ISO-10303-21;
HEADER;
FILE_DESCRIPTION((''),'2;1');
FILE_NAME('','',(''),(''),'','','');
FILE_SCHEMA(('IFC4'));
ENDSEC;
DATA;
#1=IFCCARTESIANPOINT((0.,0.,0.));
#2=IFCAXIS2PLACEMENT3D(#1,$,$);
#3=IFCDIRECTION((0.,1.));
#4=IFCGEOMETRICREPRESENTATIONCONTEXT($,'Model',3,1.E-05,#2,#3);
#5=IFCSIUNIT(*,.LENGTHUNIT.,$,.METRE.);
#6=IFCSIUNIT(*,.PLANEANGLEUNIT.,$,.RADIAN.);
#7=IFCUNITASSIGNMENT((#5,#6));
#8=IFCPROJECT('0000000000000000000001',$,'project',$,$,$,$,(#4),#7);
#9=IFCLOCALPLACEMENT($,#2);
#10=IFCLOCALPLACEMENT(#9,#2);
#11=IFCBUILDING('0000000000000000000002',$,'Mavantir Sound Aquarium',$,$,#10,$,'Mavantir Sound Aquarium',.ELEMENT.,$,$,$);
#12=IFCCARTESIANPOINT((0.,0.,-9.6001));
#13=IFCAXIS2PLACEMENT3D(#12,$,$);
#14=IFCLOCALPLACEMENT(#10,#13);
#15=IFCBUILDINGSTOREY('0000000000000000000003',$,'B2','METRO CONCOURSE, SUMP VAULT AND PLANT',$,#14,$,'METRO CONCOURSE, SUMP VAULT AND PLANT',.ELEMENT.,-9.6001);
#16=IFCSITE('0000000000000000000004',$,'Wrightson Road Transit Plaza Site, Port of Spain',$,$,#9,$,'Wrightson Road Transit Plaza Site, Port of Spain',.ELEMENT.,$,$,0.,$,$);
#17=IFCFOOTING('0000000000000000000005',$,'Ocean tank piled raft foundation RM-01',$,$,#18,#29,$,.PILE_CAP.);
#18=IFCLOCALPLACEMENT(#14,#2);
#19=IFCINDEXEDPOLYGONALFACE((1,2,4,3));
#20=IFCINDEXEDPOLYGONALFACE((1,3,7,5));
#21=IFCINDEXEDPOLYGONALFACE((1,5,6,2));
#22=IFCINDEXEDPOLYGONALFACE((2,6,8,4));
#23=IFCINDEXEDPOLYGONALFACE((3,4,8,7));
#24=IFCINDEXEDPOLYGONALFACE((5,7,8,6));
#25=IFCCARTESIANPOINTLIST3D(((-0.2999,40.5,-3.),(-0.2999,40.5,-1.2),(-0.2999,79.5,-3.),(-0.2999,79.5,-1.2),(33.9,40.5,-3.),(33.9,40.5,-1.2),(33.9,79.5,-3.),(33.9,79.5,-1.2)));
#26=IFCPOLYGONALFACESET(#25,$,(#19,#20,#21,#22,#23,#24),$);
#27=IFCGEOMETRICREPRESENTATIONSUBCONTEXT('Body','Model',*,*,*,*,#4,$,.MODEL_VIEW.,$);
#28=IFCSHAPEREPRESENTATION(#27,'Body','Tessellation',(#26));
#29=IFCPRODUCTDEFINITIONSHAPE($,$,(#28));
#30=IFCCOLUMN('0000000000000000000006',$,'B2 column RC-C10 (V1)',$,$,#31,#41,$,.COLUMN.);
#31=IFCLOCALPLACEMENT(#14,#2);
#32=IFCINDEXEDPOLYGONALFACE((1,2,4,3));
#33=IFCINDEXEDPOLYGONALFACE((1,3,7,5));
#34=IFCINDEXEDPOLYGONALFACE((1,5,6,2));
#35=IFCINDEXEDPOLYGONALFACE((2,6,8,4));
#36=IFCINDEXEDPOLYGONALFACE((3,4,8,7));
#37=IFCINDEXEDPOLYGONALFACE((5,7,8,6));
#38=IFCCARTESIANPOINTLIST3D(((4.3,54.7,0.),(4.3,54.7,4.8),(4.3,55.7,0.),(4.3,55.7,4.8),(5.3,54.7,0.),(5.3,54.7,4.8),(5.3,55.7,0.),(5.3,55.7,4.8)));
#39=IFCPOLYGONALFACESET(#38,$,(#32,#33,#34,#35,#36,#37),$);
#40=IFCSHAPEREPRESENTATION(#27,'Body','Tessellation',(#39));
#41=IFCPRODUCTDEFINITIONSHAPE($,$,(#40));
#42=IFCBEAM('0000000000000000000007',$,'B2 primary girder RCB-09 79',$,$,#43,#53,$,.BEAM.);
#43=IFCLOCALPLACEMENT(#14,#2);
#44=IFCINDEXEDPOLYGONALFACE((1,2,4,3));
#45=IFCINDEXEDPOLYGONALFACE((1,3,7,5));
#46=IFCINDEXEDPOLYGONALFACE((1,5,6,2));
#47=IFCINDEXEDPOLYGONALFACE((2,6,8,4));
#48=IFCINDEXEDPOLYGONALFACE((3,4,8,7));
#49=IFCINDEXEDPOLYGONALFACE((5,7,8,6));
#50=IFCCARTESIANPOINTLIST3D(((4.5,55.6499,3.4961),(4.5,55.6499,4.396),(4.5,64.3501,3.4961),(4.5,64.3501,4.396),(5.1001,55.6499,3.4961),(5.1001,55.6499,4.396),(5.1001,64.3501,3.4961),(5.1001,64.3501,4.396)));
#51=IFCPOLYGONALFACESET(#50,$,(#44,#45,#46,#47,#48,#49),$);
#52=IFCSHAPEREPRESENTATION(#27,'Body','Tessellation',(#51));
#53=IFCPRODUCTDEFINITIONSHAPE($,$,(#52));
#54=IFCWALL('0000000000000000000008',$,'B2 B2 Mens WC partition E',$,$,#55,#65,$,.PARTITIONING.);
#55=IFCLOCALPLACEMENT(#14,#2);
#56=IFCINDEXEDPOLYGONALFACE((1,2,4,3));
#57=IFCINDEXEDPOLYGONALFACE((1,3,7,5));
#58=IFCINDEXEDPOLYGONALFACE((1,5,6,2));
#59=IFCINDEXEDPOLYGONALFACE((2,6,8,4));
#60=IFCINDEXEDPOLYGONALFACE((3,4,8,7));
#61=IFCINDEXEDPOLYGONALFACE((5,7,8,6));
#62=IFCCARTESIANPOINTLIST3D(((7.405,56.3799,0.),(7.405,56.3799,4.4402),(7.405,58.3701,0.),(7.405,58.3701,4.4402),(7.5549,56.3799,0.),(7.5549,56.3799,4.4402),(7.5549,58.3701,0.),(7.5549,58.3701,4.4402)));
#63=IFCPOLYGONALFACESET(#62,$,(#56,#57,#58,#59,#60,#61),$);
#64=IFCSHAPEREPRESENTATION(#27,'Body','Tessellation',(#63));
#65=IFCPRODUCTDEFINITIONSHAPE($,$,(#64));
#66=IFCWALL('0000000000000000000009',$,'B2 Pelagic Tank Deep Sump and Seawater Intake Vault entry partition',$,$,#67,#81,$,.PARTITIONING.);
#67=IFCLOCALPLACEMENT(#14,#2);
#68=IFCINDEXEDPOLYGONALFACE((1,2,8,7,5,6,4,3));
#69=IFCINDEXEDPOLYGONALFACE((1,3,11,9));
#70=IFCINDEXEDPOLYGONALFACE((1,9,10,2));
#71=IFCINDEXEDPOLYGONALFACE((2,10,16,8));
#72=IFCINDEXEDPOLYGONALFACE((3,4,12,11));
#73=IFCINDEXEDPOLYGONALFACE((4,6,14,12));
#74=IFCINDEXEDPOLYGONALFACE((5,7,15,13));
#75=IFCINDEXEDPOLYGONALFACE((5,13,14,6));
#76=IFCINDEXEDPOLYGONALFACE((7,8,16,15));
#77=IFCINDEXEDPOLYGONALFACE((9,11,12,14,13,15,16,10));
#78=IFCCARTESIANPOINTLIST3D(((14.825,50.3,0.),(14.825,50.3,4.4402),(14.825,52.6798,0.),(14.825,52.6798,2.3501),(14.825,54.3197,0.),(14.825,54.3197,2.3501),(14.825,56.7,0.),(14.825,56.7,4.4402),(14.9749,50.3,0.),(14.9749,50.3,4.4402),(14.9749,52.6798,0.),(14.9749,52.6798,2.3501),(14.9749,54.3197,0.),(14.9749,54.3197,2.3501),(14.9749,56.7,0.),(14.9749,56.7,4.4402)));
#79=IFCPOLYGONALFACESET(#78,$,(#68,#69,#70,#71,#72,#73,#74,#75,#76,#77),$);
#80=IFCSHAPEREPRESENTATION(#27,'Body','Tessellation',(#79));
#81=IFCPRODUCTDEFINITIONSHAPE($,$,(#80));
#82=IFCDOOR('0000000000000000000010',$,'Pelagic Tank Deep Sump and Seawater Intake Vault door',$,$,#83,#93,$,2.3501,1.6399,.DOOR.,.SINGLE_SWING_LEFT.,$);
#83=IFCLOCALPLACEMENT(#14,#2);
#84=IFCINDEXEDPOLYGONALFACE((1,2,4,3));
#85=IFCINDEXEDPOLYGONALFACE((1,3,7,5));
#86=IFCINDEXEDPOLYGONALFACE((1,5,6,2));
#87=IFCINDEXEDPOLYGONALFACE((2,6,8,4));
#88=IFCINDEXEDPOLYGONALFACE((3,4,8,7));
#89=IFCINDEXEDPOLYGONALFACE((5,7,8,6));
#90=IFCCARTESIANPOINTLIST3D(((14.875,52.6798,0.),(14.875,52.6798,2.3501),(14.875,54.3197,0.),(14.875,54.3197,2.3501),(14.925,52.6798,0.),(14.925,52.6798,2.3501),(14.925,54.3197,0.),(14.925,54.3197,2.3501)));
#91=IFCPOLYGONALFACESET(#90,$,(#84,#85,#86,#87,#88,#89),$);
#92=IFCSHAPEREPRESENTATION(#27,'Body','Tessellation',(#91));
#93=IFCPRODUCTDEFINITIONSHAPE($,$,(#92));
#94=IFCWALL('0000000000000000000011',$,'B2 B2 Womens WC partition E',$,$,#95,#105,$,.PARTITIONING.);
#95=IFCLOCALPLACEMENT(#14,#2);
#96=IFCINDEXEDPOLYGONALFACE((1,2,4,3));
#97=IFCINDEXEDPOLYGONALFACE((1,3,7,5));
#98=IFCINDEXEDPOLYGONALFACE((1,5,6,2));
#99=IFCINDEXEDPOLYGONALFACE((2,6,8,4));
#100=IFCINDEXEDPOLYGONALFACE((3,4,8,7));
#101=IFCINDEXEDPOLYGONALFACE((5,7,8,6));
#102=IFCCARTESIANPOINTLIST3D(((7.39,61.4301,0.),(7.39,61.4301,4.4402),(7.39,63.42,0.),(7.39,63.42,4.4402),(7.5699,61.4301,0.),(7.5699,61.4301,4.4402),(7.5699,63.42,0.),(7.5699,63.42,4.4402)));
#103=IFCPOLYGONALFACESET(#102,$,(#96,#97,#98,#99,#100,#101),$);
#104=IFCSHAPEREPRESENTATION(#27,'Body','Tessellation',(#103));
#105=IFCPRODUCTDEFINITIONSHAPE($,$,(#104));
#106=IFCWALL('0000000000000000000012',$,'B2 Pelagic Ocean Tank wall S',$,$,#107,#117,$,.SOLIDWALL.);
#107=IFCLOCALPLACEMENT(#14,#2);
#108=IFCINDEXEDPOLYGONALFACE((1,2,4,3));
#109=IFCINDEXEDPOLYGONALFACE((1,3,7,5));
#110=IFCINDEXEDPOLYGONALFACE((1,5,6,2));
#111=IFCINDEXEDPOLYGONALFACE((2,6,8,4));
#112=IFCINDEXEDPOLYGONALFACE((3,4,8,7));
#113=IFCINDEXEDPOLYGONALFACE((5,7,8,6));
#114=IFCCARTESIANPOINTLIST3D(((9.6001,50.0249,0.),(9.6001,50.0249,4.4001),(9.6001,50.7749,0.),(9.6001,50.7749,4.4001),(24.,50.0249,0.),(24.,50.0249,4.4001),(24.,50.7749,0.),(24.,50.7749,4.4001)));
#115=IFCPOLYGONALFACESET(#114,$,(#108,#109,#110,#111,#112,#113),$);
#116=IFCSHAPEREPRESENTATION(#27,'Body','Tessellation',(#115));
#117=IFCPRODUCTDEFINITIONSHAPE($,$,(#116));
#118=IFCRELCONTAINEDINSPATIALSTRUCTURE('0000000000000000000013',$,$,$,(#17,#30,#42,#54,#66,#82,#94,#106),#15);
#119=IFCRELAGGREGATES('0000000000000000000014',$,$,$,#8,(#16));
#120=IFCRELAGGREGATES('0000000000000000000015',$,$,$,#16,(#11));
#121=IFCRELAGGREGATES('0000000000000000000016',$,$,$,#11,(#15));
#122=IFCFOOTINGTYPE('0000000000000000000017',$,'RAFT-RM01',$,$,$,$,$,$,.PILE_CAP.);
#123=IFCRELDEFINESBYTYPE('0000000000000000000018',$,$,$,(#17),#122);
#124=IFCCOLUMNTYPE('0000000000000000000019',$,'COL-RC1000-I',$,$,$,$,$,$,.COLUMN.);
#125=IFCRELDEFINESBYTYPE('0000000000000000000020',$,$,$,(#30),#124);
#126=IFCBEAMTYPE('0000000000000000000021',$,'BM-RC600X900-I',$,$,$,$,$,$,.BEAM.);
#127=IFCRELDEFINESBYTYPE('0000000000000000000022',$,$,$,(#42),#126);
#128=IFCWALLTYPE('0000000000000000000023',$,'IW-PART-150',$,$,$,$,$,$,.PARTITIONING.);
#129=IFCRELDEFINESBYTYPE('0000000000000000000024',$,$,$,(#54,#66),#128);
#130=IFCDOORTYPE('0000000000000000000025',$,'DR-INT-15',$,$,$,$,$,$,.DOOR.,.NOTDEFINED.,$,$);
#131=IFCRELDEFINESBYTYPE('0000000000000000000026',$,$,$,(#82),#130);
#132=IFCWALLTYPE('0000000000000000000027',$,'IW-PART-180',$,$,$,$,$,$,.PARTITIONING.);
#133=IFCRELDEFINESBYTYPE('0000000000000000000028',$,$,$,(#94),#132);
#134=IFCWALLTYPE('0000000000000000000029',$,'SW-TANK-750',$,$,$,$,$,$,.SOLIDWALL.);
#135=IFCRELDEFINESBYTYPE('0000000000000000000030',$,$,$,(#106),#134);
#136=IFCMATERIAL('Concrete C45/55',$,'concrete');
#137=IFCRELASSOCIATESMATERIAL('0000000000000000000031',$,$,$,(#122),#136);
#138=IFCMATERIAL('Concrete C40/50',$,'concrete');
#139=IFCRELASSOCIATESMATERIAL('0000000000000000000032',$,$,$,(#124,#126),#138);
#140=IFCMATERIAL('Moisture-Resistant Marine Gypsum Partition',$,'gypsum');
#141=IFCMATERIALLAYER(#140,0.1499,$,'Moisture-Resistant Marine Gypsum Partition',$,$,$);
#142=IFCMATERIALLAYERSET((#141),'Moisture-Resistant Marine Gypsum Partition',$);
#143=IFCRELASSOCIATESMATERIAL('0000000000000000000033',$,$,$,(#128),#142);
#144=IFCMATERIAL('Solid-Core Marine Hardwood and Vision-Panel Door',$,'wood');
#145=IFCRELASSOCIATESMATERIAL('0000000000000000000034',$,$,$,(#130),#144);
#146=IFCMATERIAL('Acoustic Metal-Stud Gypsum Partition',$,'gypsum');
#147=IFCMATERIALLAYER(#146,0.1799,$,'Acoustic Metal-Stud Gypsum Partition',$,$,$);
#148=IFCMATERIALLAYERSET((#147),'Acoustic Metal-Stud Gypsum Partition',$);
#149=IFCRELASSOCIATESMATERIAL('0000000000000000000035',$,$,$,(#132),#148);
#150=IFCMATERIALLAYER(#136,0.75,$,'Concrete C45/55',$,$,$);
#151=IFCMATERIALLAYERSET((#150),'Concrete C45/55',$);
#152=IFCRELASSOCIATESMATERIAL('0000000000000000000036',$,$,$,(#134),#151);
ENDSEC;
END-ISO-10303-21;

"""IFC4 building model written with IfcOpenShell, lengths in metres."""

from ifc_helpers import new_model, si_unit, direction, frame, frame_2d, origin, origin_2d, place, context, subcontext, project, spatial, rectangle, extrude, material, layer, layer_set, material_profile, profile_set, type_object, element, fill, save


model = new_model("IFC4")

# Units and contexts
model_context = context("Model", 3, precision=1e-05, world=origin(), true_north=direction((0.0, 1.0)))
body_context = subcontext(model_context, "Body", "Model", "MODEL_VIEW")
ifc_project = project(units=[si_unit("LENGTHUNIT", "METRE"), si_unit("PLANEANGLEUNIT", "RADIAN")], contexts=[model_context])

# Site, building, storey
site_placement = place(None, origin())
site = spatial("IfcSite", under=ifc_project, at=site_placement, Name="Wrightson Road Transit Plaza Site, Port of Spain", LongName="Wrightson Road Transit Plaza Site, Port of Spain", CompositionType="ELEMENT", RefElevation=0.0)
building_placement = place(site_placement, origin())
building = spatial("IfcBuilding", under=site, at=building_placement, Name="Mavantir Sound Aquarium", LongName="Mavantir Sound Aquarium", CompositionType="ELEMENT")
storey_placement = place(building_placement, frame((0.0, 0.0, -9.6001)))
storey = spatial("IfcBuildingStorey", under=building, at=storey_placement, Name="B2", Description="METRO CONCOURSE, SUMP VAULT AND PLANT", LongName="METRO CONCOURSE, SUMP VAULT AND PLANT", CompositionType="ELEMENT", Elevation=-9.6001)

# Shared definitions
ifc_material_1 = material(Name="Concrete C40/50", Category="concrete")

# Footing
ifc_material_2 = material(Name="Concrete C45/55", Category="concrete")
footing_type = type_object("IfcFootingType", Name="RAFT-RM01", PredefinedType="PILE_CAP", material=ifc_material_2)
footing_placement = place(storey_placement, frame((16.8, 60.0, -3.0), z_axis=(0.0, 0.0, 1.0), x_axis=(1.0, 0.0, 0.0)))
element("IfcFooting", 1, at=footing_placement, inside=storey, type_object=footing_type, Name="Ocean tank piled raft foundation RM-01", PredefinedType="PILE_CAP", context=body_context, shape_type="SweptSolid", body=[
    extrude(rectangle(XDim=34.2, YDim=39.0, at=origin_2d()), origin(), (0.0, 0.0, 1.0), 1.8),
])

# Column
ifc_material_profile_1 = material_profile(ifc_material_1, rectangle(XDim=1.0, YDim=1.0, at=origin_2d()), Name="RC 1000X1000")
ifc_profile_set_1 = profile_set([ifc_material_profile_1], Name="Concrete C40/50")
column_type = type_object("IfcColumnType", Name="COL-RC1000-I", PredefinedType="COLUMN", material=ifc_profile_set_1)
column_placement = place(storey_placement, frame((4.8, 55.2, 0.0), z_axis=(0.0, 0.0, 1.0), x_axis=(1.0, 0.0, 0.0)))
element("IfcColumn", 2, at=column_placement, inside=storey, type_object=column_type, Name="B2 column RC-C10 (V1)", PredefinedType="COLUMN", context=body_context, shape_type="SweptSolid", body=[
    extrude(rectangle(XDim=1.0, YDim=1.0, at=origin_2d()), origin(), (0.0, 0.0, 1.0), 4.8),
])

# Beam
ifc_material_profile_2 = material_profile(ifc_material_1, rectangle(XDim=0.6001, YDim=0.8999, at=origin_2d()), Name="RC 600X900")
ifc_profile_set_2 = profile_set([ifc_material_profile_2], Name="Concrete C40/50")
beam_type = type_object("IfcBeamType", Name="BM-RC600X900-I", PredefinedType="BEAM", material=ifc_profile_set_2)
beam_placement = place(storey_placement, frame((4.8, 55.6499, 3.946), z_axis=(0.0, 1.0, 0.0), x_axis=(-1.0, 0.0, 0.0)))
element("IfcBeam", 3, at=beam_placement, inside=storey, type_object=beam_type, Name="B2 primary girder RCB-09 79", PredefinedType="BEAM", context=body_context, shape_type="SweptSolid", body=[
    extrude(rectangle(XDim=0.6001, YDim=0.8999, at=origin_2d()), origin(), (0.0, 0.0, 1.0), 8.7002),
])

# Wall
ifc_material_3 = material(Name="Moisture-Resistant Marine Gypsum Partition", Category="gypsum")
ifc_layer_1 = layer(ifc_material_3, 0.1499, Name="Moisture-Resistant Marine Gypsum Partition")
ifc_layer_set_1 = layer_set([ifc_layer_1], Name="Moisture-Resistant Marine Gypsum Partition")
wall_type_1 = type_object("IfcWallType", Name="IW-PART-150", PredefinedType="PARTITIONING", material=ifc_layer_set_1)
wall_1_placement = place(storey_placement, frame((7.48, 56.3799, 0.0), z_axis=(0.0, 0.0, 1.0), x_axis=(0.0, 1.0, 0.0)))
element("IfcWall", 4, at=wall_1_placement, inside=storey, type_object=wall_type_1, Name="B2 B2 Mens WC partition E", PredefinedType="PARTITIONING", context=body_context, shape_type="SweptSolid", body=[
    extrude(rectangle(XDim=1.9902, YDim=0.1499, at=frame_2d((0.9951, 0.0))), origin(), (0.0, 0.0, 1.0), 4.4402),
])

# Wall, opening, door
wall_2_placement = place(storey_placement, frame((14.8999, 50.3, 0.0), z_axis=(0.0, 0.0, 1.0), x_axis=(0.0, 1.0, 0.0)))
wall_2 = element("IfcWall", 5, at=wall_2_placement, inside=storey, type_object=wall_type_1, Name="B2 Pelagic Tank Deep Sump and Seawater Intake Vault entry partition", PredefinedType="PARTITIONING", context=body_context, shape_type="SweptSolid", body=[
    extrude(rectangle(XDim=6.3999, YDim=0.1499, at=frame_2d((3.2, 0.0))), origin(), (0.0, 0.0, 1.0), 4.4402),
])
opening_placement = place(wall_2_placement, frame((2.3799, 0.0, 0.0)))
opening = element("IfcOpeningElement", 6, at=opening_placement, cuts=wall_2, PredefinedType="OPENING", context=body_context, shape_type="SweptSolid", body=[
    extrude(rectangle(XDim=1.6399, YDim=2.3501, at=frame_2d((0.8198, 1.175))), frame((0.0, 0.085, 0.0), z_axis=(0.0, -1.0, 0.0), x_axis=(1.0, 0.0, 0.0)), (0.0, 0.0, 1.0), 0.1699),
])
ifc_material_4 = material(Name="Solid-Core Marine Hardwood and Vision-Panel Door", Category="wood")
door_type = type_object("IfcDoorType", Name="DR-INT-15", OperationType="NOTDEFINED", PredefinedType="DOOR", material=ifc_material_4)
door_placement = place(opening_placement, origin())
door = element("IfcDoor", 7, at=door_placement, inside=storey, type_object=door_type, Name="Pelagic Tank Deep Sump and Seawater Intake Vault door", OperationType="SINGLE_SWING_LEFT", OverallHeight=2.3501, OverallWidth=1.6399, PredefinedType="DOOR", context=body_context, shape_type="SweptSolid", body=[
    extrude(rectangle(XDim=1.6399, YDim=2.3501, at=frame_2d((0.8198, 1.175))), frame((0.0, 0.0249, 0.0), z_axis=(0.0, -1.0, 0.0), x_axis=(1.0, 0.0, 0.0)), (0.0, 0.0, 1.0), 0.05),
])
fill(opening, door)

# Walls
ifc_material_5 = material(Name="Acoustic Metal-Stud Gypsum Partition", Category="gypsum")
ifc_layer_2 = layer(ifc_material_5, 0.1799, Name="Acoustic Metal-Stud Gypsum Partition")
ifc_layer_set_2 = layer_set([ifc_layer_2], Name="Acoustic Metal-Stud Gypsum Partition")
wall_type_2 = type_object("IfcWallType", Name="IW-PART-180", PredefinedType="PARTITIONING", material=ifc_layer_set_2)
wall_3_placement = place(storey_placement, frame((7.48, 61.4299, 0.0), z_axis=(0.0, 0.0, 1.0), x_axis=(0.0, 1.0, 0.0)))
element("IfcWall", 8, at=wall_3_placement, inside=storey, type_object=wall_type_2, Name="B2 B2 Womens WC partition E", PredefinedType="PARTITIONING", context=body_context, shape_type="SweptSolid", body=[
    extrude(rectangle(XDim=1.99, YDim=0.1799, at=frame_2d((0.9951, 0.0))), origin(), (0.0, 0.0, 1.0), 4.4402),
])
ifc_layer_3 = layer(ifc_material_2, 0.75, Name="Concrete C45/55")
ifc_layer_set_3 = layer_set([ifc_layer_3], Name="Concrete C45/55")
wall_type_3 = type_object("IfcWallType", Name="SW-TANK-750", PredefinedType="SOLIDWALL", material=ifc_layer_set_3)
wall_4_placement = place(storey_placement, frame((9.6001, 50.3999, 0.0), z_axis=(0.0, 0.0, 1.0), x_axis=(1.0, 0.0, 0.0)))
element("IfcWall", 9, at=wall_4_placement, inside=storey, type_object=wall_type_3, Name="B2 Pelagic Ocean Tank wall S", PredefinedType="SOLIDWALL", context=body_context, shape_type="SweptSolid", body=[
    extrude(rectangle(XDim=14.3999, YDim=0.75, at=frame_2d((7.2, 0.0))), origin(), (0.0, 0.0, 1.0), 4.4001),
])

save(model, "model.ifc")
